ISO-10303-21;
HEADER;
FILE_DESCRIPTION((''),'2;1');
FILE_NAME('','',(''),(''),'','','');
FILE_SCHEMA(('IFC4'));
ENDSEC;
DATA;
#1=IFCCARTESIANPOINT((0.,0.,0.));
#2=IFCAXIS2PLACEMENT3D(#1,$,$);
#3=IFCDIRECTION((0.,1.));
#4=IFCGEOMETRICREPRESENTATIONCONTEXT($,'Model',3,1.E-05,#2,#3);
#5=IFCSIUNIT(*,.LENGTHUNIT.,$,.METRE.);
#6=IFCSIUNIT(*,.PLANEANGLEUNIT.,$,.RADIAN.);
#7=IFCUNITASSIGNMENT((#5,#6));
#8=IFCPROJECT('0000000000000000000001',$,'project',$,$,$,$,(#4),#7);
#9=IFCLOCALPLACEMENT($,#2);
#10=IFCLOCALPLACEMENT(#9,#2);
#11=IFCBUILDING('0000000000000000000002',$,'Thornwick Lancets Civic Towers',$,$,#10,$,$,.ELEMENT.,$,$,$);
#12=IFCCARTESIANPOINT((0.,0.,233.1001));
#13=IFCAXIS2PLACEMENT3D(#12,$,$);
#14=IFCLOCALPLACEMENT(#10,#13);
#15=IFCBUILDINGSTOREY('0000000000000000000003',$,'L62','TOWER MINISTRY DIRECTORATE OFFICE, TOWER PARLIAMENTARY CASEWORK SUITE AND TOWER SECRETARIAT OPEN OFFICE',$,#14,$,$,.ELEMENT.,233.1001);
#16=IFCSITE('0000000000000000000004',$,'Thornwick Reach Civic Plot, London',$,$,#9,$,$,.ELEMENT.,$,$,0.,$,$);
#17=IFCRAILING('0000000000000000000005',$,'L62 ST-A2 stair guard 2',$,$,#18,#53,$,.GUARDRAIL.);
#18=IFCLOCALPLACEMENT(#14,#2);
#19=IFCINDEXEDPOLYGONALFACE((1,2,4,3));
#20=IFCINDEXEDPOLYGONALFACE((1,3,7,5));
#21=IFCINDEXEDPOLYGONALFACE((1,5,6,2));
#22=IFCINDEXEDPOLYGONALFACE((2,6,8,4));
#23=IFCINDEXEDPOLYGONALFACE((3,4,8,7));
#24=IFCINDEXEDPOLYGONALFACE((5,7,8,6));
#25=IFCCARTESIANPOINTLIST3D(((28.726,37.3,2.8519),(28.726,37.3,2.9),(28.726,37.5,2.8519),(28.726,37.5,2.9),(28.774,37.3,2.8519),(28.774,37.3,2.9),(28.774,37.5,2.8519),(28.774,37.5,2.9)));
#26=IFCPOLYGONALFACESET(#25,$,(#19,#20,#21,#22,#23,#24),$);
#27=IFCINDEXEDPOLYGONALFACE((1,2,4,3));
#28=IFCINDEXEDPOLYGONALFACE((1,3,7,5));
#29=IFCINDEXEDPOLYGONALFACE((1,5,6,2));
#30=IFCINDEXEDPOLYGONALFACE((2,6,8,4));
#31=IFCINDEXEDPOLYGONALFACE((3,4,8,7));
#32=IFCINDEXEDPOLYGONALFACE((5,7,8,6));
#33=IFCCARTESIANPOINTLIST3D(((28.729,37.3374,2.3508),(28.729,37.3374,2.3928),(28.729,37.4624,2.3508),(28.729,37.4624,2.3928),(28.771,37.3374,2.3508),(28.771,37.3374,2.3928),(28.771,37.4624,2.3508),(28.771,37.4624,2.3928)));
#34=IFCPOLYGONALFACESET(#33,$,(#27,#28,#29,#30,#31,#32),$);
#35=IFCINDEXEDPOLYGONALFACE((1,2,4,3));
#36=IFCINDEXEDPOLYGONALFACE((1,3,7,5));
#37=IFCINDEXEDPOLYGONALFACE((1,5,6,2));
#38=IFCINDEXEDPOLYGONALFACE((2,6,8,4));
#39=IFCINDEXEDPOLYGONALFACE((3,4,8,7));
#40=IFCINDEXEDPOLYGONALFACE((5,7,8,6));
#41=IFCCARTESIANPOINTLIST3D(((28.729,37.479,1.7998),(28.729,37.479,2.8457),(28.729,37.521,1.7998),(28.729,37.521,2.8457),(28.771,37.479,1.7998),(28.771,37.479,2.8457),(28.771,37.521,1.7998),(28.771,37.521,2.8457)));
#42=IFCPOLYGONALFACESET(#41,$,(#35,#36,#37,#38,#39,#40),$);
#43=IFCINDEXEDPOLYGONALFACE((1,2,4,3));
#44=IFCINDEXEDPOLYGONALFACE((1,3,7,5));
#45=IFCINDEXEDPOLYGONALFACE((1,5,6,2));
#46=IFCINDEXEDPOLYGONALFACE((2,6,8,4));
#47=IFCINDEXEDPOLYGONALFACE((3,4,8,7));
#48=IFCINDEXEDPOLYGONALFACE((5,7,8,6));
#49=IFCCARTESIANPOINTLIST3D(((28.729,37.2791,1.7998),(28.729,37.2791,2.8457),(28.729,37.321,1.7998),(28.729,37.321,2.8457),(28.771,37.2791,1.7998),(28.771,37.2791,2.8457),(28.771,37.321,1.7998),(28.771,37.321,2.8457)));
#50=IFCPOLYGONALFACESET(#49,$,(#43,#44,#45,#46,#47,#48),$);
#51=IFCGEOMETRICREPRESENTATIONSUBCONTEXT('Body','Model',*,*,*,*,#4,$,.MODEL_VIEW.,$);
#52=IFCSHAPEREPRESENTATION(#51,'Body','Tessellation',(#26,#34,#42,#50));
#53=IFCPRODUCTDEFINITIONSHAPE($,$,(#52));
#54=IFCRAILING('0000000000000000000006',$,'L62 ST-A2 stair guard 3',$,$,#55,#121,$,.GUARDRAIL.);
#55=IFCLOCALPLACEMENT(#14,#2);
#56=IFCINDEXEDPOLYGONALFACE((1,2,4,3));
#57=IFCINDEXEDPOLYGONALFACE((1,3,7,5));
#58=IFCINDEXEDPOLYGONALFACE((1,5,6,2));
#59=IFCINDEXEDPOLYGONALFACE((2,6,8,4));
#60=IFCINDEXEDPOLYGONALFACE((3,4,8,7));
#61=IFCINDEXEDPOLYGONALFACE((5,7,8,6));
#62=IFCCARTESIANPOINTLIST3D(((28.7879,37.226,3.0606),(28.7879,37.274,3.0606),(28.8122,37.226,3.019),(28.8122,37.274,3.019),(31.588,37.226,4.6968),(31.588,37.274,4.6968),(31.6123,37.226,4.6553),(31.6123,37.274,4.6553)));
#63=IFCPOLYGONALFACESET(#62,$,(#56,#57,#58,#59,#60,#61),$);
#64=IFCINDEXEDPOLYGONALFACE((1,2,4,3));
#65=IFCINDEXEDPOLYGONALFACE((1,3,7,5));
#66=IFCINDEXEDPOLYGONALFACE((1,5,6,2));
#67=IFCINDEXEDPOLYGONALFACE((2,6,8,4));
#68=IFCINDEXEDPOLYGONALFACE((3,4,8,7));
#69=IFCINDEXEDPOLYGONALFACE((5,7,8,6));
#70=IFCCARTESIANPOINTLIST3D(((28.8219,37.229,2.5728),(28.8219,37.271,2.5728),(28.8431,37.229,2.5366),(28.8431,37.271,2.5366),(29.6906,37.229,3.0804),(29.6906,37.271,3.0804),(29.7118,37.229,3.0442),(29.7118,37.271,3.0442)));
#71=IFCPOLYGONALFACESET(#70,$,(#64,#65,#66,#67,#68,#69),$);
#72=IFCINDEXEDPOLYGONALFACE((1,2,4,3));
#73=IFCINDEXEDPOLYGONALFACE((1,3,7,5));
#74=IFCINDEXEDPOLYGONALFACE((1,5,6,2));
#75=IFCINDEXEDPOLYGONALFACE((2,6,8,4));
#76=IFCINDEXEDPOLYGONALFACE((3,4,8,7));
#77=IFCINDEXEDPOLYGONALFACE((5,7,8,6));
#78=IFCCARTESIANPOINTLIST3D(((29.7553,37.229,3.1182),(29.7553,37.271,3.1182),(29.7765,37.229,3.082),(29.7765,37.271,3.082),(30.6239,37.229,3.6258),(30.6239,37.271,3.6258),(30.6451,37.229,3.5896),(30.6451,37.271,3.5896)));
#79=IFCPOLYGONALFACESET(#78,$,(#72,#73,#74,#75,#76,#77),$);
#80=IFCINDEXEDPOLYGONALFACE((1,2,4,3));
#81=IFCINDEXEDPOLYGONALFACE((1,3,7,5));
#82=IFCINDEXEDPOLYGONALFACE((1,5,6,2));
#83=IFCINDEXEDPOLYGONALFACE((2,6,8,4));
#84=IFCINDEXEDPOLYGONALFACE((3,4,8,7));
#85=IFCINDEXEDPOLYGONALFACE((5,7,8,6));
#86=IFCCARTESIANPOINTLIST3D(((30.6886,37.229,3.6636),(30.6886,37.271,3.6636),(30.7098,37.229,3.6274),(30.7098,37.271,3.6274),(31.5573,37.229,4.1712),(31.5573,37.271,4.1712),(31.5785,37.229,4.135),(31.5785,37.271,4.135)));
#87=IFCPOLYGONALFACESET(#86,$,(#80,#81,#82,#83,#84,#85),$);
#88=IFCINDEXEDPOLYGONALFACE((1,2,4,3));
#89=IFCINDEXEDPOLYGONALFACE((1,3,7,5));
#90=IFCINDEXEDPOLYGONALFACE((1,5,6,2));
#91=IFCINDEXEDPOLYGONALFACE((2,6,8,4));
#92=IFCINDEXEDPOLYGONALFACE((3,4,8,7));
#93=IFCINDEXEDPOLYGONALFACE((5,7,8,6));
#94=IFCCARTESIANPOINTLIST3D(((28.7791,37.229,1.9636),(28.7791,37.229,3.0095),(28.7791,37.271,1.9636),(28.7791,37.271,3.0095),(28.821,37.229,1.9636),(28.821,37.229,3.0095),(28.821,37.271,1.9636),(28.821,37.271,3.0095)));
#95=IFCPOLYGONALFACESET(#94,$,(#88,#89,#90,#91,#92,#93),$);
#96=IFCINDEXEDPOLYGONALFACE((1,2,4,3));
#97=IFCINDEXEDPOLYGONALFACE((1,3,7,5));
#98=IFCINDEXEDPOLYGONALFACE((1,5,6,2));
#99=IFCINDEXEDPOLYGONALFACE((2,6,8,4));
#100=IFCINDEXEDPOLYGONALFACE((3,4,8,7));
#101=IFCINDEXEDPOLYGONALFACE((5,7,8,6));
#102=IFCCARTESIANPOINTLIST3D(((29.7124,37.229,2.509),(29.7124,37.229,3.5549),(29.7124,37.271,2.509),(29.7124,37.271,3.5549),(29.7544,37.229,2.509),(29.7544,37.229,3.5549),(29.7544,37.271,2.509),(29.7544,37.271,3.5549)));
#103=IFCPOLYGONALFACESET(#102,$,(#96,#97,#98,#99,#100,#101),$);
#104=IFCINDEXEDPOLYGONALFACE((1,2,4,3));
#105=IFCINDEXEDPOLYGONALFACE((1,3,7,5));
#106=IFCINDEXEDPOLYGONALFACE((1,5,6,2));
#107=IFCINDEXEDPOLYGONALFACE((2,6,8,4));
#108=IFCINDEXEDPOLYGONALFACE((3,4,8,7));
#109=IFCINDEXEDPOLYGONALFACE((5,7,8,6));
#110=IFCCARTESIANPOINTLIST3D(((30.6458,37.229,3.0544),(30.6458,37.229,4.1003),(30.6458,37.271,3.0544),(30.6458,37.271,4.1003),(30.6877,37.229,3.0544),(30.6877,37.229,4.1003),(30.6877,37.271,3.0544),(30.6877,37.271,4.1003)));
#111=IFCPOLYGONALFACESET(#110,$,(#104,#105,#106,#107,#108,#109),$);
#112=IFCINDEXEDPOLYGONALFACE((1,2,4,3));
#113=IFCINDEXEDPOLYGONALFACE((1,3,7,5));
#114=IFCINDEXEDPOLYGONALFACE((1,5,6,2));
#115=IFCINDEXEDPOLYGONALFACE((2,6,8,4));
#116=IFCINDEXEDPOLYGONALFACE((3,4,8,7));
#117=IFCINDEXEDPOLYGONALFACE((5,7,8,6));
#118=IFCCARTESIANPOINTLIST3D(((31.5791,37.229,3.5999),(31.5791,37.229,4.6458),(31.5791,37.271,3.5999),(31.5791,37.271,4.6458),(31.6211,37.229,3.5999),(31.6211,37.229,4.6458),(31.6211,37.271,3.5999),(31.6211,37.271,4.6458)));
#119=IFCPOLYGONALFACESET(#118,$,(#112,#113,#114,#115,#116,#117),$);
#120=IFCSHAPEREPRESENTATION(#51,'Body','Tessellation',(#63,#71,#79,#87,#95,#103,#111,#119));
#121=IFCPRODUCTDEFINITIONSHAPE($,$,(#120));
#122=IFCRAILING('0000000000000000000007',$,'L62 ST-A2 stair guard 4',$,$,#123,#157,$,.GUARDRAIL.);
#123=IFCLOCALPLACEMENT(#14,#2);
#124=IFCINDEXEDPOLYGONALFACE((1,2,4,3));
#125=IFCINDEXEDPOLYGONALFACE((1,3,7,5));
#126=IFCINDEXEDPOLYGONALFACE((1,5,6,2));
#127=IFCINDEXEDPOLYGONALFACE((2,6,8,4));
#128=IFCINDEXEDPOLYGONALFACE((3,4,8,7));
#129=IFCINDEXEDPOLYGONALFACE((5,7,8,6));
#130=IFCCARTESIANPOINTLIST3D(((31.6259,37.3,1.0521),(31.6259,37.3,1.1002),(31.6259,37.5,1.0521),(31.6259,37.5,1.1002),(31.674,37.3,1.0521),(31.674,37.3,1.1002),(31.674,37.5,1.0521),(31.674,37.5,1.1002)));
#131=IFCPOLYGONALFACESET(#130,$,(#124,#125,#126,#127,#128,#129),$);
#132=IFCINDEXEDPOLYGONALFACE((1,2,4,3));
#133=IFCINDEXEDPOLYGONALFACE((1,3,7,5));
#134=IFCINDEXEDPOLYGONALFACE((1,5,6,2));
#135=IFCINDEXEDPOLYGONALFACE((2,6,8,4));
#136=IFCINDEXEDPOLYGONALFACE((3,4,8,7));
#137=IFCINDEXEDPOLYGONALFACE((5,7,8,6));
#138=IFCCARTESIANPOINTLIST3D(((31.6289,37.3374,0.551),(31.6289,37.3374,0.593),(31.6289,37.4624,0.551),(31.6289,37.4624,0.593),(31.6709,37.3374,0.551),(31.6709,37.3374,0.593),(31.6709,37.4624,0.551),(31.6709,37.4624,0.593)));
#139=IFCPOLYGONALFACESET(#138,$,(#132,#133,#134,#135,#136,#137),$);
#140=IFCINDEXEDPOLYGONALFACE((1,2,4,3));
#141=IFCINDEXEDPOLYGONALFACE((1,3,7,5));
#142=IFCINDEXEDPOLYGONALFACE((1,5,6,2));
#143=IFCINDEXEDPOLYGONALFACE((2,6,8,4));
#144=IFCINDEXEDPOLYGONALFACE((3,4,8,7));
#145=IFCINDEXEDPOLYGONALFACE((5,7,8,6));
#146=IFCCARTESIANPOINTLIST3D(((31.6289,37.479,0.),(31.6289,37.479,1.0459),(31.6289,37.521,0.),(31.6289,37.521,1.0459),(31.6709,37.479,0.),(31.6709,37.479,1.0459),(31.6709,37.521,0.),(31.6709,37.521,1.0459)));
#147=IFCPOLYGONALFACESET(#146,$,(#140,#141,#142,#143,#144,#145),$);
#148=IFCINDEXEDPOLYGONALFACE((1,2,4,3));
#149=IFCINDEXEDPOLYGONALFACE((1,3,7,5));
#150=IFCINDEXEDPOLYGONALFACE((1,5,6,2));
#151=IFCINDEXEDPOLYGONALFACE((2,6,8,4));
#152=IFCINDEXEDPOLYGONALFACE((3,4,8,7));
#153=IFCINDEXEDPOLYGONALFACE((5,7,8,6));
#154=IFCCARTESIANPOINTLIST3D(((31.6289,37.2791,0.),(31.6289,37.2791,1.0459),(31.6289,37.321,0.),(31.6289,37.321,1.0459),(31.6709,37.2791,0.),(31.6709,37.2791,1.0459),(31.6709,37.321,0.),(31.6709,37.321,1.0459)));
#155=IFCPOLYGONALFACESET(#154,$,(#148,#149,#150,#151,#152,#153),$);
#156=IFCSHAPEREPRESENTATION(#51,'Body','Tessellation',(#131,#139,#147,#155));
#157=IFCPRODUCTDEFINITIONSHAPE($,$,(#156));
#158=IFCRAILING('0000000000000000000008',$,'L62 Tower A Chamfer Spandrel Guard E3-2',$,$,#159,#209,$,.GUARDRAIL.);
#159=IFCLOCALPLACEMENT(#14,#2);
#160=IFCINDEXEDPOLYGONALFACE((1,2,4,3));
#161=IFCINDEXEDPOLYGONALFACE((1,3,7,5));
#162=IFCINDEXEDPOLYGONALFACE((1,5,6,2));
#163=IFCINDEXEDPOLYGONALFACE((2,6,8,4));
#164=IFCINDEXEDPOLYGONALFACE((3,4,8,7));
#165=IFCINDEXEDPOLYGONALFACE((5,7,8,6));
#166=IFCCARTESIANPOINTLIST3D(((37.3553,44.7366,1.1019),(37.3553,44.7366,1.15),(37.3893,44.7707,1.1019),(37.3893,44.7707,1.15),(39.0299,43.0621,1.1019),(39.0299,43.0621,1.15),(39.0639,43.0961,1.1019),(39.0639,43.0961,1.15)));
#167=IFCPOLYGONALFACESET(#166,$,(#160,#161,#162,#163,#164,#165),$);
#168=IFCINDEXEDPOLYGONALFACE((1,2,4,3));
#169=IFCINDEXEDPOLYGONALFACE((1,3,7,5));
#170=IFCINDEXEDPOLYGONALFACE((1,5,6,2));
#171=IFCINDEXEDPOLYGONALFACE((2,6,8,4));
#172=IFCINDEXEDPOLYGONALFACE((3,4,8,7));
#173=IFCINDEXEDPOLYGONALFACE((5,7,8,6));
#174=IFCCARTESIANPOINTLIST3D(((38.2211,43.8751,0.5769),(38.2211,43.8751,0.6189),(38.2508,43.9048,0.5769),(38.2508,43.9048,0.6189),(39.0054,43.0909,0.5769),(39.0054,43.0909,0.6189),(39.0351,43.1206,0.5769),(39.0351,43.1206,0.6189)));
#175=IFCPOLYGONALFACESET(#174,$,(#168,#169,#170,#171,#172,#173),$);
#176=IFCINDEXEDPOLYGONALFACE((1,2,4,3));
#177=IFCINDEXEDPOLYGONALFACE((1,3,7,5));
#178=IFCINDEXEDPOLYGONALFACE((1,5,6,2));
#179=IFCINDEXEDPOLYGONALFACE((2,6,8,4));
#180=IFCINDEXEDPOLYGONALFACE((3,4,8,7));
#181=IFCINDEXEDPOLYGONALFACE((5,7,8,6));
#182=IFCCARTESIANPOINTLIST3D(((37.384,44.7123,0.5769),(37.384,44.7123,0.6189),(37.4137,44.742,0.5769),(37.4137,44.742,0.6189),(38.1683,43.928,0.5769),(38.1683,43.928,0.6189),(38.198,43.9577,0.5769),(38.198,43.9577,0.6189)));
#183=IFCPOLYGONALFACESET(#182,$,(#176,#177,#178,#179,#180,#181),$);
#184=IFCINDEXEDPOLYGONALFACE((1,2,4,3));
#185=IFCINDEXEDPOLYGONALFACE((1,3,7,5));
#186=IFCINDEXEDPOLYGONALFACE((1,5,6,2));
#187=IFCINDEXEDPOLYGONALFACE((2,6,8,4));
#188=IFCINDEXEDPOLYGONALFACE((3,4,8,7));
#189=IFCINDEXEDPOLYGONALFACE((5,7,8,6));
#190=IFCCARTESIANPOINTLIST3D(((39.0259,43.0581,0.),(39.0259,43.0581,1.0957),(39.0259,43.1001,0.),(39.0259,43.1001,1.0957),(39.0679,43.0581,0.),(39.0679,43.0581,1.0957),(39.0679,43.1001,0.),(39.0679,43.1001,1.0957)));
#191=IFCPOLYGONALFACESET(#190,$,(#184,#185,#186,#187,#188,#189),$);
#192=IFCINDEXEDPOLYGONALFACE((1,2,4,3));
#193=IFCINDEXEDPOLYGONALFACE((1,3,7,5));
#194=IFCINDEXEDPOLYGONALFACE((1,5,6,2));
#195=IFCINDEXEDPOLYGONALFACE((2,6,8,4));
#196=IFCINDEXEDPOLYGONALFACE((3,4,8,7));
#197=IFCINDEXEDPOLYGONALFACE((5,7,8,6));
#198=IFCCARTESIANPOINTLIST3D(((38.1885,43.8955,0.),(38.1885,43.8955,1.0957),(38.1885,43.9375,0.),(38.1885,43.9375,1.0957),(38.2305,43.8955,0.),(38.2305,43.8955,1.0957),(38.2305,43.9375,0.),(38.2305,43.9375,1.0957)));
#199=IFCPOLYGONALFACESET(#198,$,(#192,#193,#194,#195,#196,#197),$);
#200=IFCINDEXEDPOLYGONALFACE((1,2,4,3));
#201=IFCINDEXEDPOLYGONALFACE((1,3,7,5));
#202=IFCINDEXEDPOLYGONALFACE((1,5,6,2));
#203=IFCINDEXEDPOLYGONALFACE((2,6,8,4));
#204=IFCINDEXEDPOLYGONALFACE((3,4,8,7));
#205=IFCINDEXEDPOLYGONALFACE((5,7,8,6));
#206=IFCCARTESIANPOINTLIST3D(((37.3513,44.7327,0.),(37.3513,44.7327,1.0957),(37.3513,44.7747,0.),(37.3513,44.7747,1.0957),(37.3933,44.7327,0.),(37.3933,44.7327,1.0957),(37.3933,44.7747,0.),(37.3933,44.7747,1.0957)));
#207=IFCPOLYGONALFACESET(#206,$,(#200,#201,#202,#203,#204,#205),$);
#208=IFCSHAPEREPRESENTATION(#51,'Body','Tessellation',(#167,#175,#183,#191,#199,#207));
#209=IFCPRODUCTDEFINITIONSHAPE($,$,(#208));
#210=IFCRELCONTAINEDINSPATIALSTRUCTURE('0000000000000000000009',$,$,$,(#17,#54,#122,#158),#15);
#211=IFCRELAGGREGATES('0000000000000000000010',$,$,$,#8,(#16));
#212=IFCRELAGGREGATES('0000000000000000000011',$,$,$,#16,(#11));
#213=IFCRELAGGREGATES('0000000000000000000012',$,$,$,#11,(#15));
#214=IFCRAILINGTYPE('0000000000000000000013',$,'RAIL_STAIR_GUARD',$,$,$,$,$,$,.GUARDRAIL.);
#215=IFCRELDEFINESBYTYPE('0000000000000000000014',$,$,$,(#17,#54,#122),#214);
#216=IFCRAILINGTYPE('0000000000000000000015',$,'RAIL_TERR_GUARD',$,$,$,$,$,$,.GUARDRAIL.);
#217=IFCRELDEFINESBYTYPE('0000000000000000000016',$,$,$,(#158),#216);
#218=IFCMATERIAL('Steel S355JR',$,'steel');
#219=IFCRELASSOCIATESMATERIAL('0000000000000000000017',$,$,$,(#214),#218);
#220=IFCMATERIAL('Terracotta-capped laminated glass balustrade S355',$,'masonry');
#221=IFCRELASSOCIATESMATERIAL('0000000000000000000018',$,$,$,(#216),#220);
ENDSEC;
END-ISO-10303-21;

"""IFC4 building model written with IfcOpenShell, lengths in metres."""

from ifc_helpers import new_model, si_unit, direction, frame, origin, origin_2d, place, context, subcontext, project, spatial, rectangle, extrude, material, type_object, element, save


model = new_model("IFC4")

# Units and contexts
model_context = context("Model", 3, precision=1e-05, world=origin(), true_north=direction((0.0, 1.0)))
body_context = subcontext(model_context, "Body", "Model", "MODEL_VIEW")
ifc_project = project(units=[si_unit("LENGTHUNIT", "METRE"), si_unit("PLANEANGLEUNIT", "RADIAN")], contexts=[model_context])

# Site, building, storey
site_placement = place(None, origin())
site = spatial("IfcSite", under=ifc_project, at=site_placement, Name="Thornwick Reach Civic Plot, London", CompositionType="ELEMENT", RefElevation=0.0)
building_placement = place(site_placement, origin())
building = spatial("IfcBuilding", under=site, at=building_placement, Name="Thornwick Lancets Civic Towers", CompositionType="ELEMENT")
storey_placement = place(building_placement, frame((0.0, 0.0, 233.1001)))
storey = spatial("IfcBuildingStorey", under=building, at=storey_placement, Name="L62", Description="TOWER MINISTRY DIRECTORATE OFFICE, TOWER PARLIAMENTARY CASEWORK SUITE AND TOWER SECRETARIAT OPEN OFFICE", CompositionType="ELEMENT", Elevation=233.1001)

# Shared definitions
ifc_material_1 = material(Name="Steel S355JR", Category="steel")

# Railings
railing_type_1 = type_object("IfcRailingType", Name="RAIL_STAIR_GUARD", PredefinedType="GUARDRAIL", material=ifc_material_1)
railing_1_placement = place(storey_placement, frame((28.75, 37.5, 1.7998)))
element("IfcRailing", 1, at=railing_1_placement, inside=storey, type_object=railing_type_1, Name="L62 ST-A2 stair guard 2", PredefinedType="GUARDRAIL", context=body_context, shape_type="SweptSolid", body=[
    extrude(rectangle(XDim=0.0481, YDim=0.0481, at=origin_2d()), frame((0.0, 0.0, 1.0762), z_axis=(0.0, -1.0, 0.0), x_axis=(1.0, 0.0, 0.0)), (0.0, 0.0, 1.0), 0.2),
    extrude(rectangle(XDim=0.042, YDim=0.042, at=origin_2d()), frame((0.0, -0.0376, 0.572), z_axis=(0.0, -1.0, 0.0), x_axis=(1.0, 0.0, 0.0)), (0.0, 0.0, 1.0), 0.125),
    extrude(rectangle(XDim=0.042, YDim=0.042, at=origin_2d()), origin(), (0.0, 0.0, 1.0), 1.0459),
    extrude(rectangle(XDim=0.042, YDim=0.042, at=origin_2d()), frame((0.0, -0.2, 0.0)), (0.0, 0.0, 1.0), 1.0459),
])
railing_2_placement = place(storey_placement, frame((28.8, 37.25, 1.9636)))
element("IfcRailing", 2, at=railing_2_placement, inside=storey, type_object=railing_type_1, Name="L62 ST-A2 stair guard 3", PredefinedType="GUARDRAIL", context=body_context, shape_type="SweptSolid", body=[
    extrude(rectangle(XDim=0.0481, YDim=0.0481, at=origin_2d()), frame((0.0, 0.0, 1.0762), z_axis=(0.863394, 0.0, 0.504531), x_axis=(0.0, 1.0, 0.0)), (0.0, 0.0, 1.0), 3.2432),
    extrude(rectangle(XDim=0.042, YDim=0.042, at=origin_2d()), frame((0.0325, 0.0, 0.5911), z_axis=(0.863394, 0.0, 0.504531), x_axis=(0.0, 1.0, 0.0)), (0.0, 0.0, 1.0), 1.0061),
    extrude(rectangle(XDim=0.042, YDim=0.042, at=origin_2d()), frame((0.9658, 0.0, 1.1365), z_axis=(0.863394, 0.0, 0.504531), x_axis=(0.0, 1.0, 0.0)), (0.0, 0.0, 1.0), 1.0061),
    extrude(rectangle(XDim=0.042, YDim=0.042, at=origin_2d()), frame((1.8992, 0.0, 1.6819), z_axis=(0.863394, 0.0, 0.504531), x_axis=(0.0, 1.0, 0.0)), (0.0, 0.0, 1.0), 1.0061),
    extrude(rectangle(XDim=0.042, YDim=0.042, at=origin_2d()), origin(), (0.0, 0.0, 1.0), 1.0459),
    extrude(rectangle(XDim=0.042, YDim=0.042, at=origin_2d()), frame((0.9333, 0.0, 0.5454)), (0.0, 0.0, 1.0), 1.0459),
    extrude(rectangle(XDim=0.042, YDim=0.042, at=origin_2d()), frame((1.8667, 0.0, 1.0908)), (0.0, 0.0, 1.0), 1.0459),
    extrude(rectangle(XDim=0.042, YDim=0.042, at=origin_2d()), frame((2.8, 0.0, 1.6362)), (0.0, 0.0, 1.0), 1.0459),
])
railing_3_placement = place(storey_placement, frame((31.6499, 37.5, 0.0)))
element("IfcRailing", 3, at=railing_3_placement, inside=storey, type_object=railing_type_1, Name="L62 ST-A2 stair guard 4", PredefinedType="GUARDRAIL", context=body_context, shape_type="SweptSolid", body=[
    extrude(rectangle(XDim=0.0481, YDim=0.0481, at=origin_2d()), frame((0.0, 0.0, 1.0762), z_axis=(0.0, -1.0, 0.0), x_axis=(1.0, 0.0, 0.0)), (0.0, 0.0, 1.0), 0.2),
    extrude(rectangle(XDim=0.042, YDim=0.042, at=origin_2d()), frame((0.0, -0.0376, 0.572), z_axis=(0.0, -1.0, 0.0), x_axis=(1.0, 0.0, 0.0)), (0.0, 0.0, 1.0), 0.125),
    extrude(rectangle(XDim=0.042, YDim=0.042, at=origin_2d()), origin(), (0.0, 0.0, 1.0), 1.0459),
    extrude(rectangle(XDim=0.042, YDim=0.042, at=origin_2d()), frame((0.0, -0.2, 0.0)), (0.0, 0.0, 1.0), 1.0459),
])
ifc_material_2 = material(Name="Terracotta-capped laminated glass balustrade S355", Category="masonry")
railing_type_2 = type_object("IfcRailingType", Name="RAIL_TERR_GUARD", PredefinedType="GUARDRAIL", material=ifc_material_2)
railing_4_placement = place(storey_placement, frame((39.0469, 43.0791, 0.0)))
element("IfcRailing", 4, at=railing_4_placement, inside=storey, type_object=railing_type_2, Name="L62 Tower A Chamfer Spandrel Guard E3-2", PredefinedType="GUARDRAIL", context=body_context, shape_type="SweptSolid", body=[
    extrude(rectangle(XDim=0.0481, YDim=0.0481, at=origin_2d()), frame((0.0, 0.0, 1.126), z_axis=(-0.707107, 0.707107, 0.0), x_axis=(-0.707107, -0.707107, 0.0)), (0.0, 0.0, 1.0), 2.3682),
    extrude(rectangle(XDim=0.042, YDim=0.042, at=origin_2d()), frame((-0.0266, 0.0266, 0.5979), z_axis=(-0.707107, 0.707107, 0.0), x_axis=(-0.707107, -0.707107, 0.0)), (0.0, 0.0, 1.0), 1.1091),
    extrude(rectangle(XDim=0.042, YDim=0.042, at=origin_2d()), frame((-0.8638, 0.8638, 0.5979), z_axis=(-0.707107, 0.707107, 0.0), x_axis=(-0.707107, -0.707107, 0.0)), (0.0, 0.0, 1.0), 1.1091),
    extrude(rectangle(XDim=0.042, YDim=0.042, at=origin_2d()), origin(), (0.0, 0.0, 1.0), 1.0957),
    extrude(rectangle(XDim=0.042, YDim=0.042, at=origin_2d()), frame((-0.8374, 0.8374, 0.0)), (0.0, 0.0, 1.0), 1.0957),
    extrude(rectangle(XDim=0.042, YDim=0.042, at=origin_2d()), frame((-1.6746, 1.6746, 0.0)), (0.0, 0.0, 1.0), 1.0957),
])

save(model, "model.ifc")
